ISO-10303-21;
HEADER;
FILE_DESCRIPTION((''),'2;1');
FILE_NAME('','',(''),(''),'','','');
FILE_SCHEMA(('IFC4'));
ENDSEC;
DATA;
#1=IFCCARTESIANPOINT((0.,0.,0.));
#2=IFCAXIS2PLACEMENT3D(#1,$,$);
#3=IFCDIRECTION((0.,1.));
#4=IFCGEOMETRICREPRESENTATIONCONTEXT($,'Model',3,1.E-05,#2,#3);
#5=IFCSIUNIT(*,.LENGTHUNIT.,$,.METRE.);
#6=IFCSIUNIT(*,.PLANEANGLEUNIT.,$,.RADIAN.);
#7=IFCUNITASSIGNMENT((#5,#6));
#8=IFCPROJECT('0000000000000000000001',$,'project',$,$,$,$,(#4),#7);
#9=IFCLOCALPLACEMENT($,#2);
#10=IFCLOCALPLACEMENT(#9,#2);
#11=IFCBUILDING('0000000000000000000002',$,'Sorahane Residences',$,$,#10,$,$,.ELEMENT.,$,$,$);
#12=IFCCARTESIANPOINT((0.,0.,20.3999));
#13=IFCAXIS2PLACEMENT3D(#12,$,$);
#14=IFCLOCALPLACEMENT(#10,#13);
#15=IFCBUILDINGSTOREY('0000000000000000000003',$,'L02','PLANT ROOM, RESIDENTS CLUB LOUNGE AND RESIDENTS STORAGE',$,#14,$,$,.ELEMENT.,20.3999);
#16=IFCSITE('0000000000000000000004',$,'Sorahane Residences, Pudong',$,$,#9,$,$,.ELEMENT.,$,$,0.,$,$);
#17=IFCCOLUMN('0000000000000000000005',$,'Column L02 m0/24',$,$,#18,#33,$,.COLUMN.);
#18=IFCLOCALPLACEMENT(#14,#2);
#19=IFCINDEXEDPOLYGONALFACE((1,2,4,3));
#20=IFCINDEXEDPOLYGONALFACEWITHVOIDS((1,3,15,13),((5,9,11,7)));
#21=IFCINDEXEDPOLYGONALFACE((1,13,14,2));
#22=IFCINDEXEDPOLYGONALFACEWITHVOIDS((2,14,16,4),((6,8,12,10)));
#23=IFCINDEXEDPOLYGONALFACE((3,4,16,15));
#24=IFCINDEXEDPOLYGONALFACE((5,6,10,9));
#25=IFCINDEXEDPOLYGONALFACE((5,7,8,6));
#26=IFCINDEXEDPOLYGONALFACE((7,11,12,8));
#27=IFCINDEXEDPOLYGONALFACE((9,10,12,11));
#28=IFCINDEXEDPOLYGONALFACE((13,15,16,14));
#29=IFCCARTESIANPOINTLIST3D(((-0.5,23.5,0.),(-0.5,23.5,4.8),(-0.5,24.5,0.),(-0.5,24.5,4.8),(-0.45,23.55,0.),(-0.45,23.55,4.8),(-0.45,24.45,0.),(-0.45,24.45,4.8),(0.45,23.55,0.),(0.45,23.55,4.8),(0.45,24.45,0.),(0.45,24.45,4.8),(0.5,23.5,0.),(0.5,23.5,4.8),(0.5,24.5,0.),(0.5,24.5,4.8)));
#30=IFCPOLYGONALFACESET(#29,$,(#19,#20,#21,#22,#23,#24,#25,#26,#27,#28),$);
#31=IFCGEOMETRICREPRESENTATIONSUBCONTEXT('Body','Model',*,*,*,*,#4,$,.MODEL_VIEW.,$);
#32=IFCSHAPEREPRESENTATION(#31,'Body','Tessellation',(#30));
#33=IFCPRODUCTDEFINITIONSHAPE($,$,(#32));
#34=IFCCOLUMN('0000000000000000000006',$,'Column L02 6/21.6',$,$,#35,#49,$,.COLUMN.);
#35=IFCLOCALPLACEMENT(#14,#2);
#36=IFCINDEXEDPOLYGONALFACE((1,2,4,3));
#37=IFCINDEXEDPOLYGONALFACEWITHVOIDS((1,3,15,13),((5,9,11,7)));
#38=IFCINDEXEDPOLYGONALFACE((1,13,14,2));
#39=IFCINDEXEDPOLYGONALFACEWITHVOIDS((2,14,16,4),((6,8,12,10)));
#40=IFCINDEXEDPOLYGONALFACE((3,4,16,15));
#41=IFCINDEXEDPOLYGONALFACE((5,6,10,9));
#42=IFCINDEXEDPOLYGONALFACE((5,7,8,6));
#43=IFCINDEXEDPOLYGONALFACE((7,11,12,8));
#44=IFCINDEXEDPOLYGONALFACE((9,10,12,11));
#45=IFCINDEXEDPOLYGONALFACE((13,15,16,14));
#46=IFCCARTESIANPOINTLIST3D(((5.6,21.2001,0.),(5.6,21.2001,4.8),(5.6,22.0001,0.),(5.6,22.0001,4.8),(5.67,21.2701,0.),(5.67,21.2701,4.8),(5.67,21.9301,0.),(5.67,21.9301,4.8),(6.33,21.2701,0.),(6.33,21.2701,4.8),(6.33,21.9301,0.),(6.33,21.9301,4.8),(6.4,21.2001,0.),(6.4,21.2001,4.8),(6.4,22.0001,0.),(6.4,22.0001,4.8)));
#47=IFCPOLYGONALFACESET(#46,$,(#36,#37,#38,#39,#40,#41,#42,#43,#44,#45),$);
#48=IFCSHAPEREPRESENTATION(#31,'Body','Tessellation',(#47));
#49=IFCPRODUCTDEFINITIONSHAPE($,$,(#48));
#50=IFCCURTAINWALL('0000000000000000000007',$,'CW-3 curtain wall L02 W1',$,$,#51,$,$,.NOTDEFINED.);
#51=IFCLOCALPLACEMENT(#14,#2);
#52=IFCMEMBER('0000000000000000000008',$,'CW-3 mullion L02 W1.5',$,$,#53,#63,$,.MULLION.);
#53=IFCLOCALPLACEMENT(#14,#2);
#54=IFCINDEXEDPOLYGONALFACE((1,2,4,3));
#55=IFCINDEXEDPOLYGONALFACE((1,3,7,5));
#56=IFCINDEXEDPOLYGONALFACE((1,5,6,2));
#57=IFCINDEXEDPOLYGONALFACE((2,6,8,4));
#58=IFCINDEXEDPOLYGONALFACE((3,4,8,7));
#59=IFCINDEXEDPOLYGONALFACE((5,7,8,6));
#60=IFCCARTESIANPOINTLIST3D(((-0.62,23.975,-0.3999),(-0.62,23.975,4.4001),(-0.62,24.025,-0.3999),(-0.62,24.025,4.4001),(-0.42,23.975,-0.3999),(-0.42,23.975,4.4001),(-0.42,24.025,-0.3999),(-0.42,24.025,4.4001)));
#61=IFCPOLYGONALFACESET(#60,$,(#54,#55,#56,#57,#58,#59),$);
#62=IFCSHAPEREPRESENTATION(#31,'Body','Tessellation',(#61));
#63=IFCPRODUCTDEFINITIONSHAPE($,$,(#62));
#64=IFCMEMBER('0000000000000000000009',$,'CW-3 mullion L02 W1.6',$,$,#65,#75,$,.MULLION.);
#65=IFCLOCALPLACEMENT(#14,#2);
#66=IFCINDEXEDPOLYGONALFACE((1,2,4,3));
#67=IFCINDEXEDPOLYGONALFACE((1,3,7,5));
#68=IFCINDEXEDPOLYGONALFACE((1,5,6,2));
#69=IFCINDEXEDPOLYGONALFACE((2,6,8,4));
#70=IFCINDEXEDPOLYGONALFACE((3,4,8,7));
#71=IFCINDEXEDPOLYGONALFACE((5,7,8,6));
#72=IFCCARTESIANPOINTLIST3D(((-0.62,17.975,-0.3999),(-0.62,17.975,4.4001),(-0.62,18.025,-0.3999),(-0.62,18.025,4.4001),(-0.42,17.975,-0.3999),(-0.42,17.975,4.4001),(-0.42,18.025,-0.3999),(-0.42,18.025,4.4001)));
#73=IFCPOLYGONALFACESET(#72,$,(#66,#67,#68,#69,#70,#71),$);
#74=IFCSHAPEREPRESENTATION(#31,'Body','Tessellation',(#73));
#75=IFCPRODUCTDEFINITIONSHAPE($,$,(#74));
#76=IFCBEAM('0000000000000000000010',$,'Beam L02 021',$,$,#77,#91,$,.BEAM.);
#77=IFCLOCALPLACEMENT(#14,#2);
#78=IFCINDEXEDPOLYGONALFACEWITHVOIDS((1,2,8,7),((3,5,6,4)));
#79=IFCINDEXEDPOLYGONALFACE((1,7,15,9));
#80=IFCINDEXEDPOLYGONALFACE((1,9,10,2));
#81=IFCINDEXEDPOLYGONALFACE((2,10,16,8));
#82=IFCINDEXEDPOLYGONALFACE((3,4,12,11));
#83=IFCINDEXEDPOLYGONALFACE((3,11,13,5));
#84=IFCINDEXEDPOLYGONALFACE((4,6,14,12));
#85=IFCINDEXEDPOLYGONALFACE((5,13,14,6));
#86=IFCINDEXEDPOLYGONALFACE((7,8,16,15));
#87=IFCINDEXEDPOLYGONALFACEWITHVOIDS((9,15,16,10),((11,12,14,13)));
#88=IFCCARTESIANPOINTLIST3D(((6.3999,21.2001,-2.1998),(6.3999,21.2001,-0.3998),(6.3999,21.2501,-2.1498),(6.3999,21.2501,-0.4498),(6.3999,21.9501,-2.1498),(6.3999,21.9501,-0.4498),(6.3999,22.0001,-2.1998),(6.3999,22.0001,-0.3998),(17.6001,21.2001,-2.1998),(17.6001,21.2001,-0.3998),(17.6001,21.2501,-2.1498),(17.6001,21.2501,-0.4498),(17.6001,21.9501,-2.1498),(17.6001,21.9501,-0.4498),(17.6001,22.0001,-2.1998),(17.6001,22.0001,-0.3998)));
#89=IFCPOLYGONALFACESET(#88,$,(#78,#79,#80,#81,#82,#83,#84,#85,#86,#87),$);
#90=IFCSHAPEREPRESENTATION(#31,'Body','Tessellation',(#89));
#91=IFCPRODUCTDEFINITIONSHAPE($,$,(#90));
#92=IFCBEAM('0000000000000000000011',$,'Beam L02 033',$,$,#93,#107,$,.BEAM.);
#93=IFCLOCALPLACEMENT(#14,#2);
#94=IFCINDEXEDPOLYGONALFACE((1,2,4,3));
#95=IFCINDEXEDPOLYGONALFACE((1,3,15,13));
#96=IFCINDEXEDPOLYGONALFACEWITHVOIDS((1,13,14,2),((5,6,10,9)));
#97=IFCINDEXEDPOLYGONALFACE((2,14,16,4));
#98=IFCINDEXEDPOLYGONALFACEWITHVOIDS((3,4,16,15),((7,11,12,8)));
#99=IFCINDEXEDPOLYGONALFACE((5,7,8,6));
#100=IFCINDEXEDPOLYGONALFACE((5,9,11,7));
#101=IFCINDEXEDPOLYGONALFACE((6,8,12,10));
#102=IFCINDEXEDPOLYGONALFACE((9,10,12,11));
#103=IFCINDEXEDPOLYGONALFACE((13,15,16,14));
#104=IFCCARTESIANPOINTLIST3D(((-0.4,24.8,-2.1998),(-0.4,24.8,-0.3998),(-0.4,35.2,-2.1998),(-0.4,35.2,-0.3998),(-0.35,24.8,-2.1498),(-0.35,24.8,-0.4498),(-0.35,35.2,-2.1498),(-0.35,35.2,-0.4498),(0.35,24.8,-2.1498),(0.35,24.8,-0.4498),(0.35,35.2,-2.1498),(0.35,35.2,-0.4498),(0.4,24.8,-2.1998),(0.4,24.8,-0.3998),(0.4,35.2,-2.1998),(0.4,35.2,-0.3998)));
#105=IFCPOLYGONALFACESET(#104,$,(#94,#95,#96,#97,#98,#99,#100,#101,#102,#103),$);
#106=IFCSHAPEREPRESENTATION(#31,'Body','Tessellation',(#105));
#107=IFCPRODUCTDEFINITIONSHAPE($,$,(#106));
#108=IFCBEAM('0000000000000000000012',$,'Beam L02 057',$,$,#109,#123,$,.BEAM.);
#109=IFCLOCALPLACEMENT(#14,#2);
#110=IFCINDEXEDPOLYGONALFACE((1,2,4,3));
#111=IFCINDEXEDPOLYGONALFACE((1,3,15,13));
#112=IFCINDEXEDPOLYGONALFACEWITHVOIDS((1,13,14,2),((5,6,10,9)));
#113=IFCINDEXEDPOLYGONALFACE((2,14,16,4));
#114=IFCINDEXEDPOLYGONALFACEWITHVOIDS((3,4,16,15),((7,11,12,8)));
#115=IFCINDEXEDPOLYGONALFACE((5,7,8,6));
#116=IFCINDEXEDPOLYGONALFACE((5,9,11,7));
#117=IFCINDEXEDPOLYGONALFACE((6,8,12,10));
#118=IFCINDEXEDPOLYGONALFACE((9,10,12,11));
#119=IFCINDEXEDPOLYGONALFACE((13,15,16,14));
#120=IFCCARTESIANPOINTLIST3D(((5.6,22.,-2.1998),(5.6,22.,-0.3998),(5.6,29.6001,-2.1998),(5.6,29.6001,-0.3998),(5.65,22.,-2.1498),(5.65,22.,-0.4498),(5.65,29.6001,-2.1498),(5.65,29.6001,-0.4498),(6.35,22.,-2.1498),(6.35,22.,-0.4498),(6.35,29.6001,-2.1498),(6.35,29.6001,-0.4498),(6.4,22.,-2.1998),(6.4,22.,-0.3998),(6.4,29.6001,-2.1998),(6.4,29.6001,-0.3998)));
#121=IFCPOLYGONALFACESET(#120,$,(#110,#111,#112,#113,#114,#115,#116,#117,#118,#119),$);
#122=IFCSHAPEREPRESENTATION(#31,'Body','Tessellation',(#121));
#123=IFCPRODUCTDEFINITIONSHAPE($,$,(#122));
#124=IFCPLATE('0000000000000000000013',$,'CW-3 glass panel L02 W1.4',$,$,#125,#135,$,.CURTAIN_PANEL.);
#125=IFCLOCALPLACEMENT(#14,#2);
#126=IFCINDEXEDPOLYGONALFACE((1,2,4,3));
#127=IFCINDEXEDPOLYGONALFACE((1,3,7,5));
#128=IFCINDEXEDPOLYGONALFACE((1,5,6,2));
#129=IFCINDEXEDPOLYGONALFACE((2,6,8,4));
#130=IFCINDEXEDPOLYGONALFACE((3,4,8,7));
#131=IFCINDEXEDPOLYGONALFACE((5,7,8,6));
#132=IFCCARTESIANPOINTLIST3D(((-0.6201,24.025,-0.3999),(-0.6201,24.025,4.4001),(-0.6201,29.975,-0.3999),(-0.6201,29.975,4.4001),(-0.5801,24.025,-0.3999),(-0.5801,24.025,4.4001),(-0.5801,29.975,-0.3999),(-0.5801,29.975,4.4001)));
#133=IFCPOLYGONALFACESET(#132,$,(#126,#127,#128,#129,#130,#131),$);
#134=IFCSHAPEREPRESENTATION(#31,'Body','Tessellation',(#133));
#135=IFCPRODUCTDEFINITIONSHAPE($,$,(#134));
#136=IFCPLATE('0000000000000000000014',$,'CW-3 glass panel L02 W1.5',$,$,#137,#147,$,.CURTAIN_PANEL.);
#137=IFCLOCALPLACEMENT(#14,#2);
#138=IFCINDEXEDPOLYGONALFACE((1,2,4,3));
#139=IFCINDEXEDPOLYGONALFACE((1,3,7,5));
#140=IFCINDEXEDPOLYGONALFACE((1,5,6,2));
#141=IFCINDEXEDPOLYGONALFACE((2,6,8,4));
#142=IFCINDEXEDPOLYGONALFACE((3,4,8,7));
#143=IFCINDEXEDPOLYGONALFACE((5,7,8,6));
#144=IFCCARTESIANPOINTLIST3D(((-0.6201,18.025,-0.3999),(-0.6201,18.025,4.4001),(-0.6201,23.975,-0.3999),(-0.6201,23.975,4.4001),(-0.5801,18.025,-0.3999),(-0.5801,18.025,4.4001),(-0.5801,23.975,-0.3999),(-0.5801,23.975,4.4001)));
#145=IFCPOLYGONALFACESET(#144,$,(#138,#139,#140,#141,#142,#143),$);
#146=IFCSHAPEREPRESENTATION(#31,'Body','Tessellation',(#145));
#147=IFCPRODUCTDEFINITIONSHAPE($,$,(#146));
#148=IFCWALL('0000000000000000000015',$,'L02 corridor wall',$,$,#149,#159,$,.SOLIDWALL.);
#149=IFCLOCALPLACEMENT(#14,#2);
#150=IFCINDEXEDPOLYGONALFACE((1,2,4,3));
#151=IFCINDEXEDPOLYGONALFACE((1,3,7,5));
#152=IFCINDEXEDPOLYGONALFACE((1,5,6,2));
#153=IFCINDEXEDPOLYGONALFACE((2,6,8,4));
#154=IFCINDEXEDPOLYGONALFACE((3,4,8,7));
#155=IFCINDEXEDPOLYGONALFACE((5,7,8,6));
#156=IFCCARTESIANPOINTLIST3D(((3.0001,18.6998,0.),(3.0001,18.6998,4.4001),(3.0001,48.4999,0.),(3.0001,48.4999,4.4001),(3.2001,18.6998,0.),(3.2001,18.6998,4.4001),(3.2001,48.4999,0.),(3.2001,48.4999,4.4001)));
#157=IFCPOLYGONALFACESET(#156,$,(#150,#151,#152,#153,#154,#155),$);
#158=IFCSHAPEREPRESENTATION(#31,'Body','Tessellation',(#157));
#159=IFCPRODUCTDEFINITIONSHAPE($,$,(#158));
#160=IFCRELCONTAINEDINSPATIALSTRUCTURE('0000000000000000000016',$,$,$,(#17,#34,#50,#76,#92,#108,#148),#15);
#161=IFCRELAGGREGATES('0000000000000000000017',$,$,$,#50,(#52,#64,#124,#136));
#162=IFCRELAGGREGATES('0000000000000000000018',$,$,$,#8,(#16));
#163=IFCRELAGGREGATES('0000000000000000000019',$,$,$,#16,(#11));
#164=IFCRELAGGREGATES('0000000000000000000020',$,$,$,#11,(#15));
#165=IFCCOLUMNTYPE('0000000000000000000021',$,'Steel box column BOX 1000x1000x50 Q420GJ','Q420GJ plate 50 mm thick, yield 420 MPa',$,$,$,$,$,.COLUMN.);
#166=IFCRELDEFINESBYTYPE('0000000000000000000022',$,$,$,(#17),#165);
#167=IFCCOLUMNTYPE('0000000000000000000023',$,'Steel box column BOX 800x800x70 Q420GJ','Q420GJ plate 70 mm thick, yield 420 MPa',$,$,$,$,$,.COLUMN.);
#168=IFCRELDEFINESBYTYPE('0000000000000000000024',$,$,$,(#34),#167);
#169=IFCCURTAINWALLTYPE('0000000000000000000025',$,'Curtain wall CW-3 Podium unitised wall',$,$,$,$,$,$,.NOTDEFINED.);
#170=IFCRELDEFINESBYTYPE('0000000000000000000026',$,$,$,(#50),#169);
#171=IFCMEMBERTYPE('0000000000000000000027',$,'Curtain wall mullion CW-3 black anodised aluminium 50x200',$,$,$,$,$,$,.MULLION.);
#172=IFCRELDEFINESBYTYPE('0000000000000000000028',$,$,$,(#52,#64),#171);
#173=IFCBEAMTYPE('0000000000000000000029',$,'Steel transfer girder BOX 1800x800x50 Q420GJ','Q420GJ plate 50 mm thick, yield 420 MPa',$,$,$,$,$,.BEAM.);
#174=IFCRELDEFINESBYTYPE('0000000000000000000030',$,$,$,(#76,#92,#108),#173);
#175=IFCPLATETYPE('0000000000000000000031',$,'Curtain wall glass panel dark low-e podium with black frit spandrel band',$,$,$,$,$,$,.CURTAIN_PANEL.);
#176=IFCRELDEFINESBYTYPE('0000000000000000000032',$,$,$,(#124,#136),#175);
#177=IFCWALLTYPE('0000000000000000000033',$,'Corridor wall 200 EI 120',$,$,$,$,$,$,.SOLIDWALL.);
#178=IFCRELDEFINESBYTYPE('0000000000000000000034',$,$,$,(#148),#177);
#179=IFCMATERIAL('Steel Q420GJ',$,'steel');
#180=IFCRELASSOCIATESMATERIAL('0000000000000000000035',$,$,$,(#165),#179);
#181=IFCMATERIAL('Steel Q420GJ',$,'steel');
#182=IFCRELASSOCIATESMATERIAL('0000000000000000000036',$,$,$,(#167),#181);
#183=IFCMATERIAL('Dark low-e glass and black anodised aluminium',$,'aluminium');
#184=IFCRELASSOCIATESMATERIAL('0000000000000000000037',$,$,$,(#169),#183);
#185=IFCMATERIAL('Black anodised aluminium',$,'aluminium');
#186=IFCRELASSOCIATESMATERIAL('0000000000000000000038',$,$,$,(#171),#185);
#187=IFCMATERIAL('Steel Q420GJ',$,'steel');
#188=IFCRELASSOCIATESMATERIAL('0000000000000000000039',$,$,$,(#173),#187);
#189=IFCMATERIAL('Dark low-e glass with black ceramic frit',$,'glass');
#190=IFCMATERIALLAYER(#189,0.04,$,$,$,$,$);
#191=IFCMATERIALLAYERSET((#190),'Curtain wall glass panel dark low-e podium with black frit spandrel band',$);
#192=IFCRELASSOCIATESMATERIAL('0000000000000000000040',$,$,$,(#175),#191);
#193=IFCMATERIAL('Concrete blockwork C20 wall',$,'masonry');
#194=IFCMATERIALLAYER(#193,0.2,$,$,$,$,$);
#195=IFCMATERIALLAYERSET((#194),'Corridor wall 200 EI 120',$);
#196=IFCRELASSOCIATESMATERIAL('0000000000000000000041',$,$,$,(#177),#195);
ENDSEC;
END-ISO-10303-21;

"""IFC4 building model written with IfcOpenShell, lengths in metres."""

from ifc_helpers import new_model, si_unit, direction, frame, frame_2d, origin, origin_2d, place, context, subcontext, project, spatial, rectangle, hollow_rectangle, extrude, material, layer, layer_set, material_profile, profile_set, type_object, element, aggregate, save


model = new_model("IFC4")

# Units and contexts
model_context = context("Model", 3, precision=1e-05, world=origin(), true_north=direction((0.0, 1.0)))
body_context = subcontext(model_context, "Body", "Model", "MODEL_VIEW")
ifc_project = project(units=[si_unit("LENGTHUNIT", "METRE"), si_unit("PLANEANGLEUNIT", "RADIAN")], contexts=[model_context])

# Site, building, storey
site_placement = place(None, origin())
site = spatial("IfcSite", under=ifc_project, at=site_placement, Name="Sorahane Residences, Pudong", CompositionType="ELEMENT", RefElevation=0.0)
building_placement = place(site_placement, origin())
building = spatial("IfcBuilding", under=site, at=building_placement, Name="Sorahane Residences", CompositionType="ELEMENT")
storey_placement = place(building_placement, frame((0.0, 0.0, 20.3999)))
storey = spatial("IfcBuildingStorey", under=building, at=storey_placement, Name="L02", Description="PLANT ROOM, RESIDENTS CLUB LOUNGE AND RESIDENTS STORAGE", CompositionType="ELEMENT", Elevation=20.3999)

# Columns
ifc_material_1 = material(Name="Steel Q420GJ", Category="steel")
ifc_material_profile_1 = material_profile(ifc_material_1, hollow_rectangle(XDim=1.0, YDim=1.0, WallThickness=0.05, at=origin_2d()), Name="BOX 1000x1000x50")
ifc_profile_set_1 = profile_set([ifc_material_profile_1], Name="Steel Q420GJ")
column_type_1 = type_object("IfcColumnType", Name="Steel box column BOX 1000x1000x50 Q420GJ", Description="Q420GJ plate 50 mm thick, yield 420 MPa", PredefinedType="COLUMN", material=ifc_profile_set_1)
column_1_placement = place(storey_placement, frame((0.0, 24.0, 0.0), z_axis=(0.0, 0.0, 1.0), x_axis=(1.0, 0.0, 0.0)))
element("IfcColumn", 1, at=column_1_placement, inside=storey, type_object=column_type_1, Name="Column L02 m0/24", PredefinedType="COLUMN", context=body_context, shape_type="SweptSolid", body=[
    extrude(hollow_rectangle(XDim=1.0, YDim=1.0, WallThickness=0.05, at=origin_2d()), origin(), (0.0, 0.0, 1.0), 4.8),
])
ifc_material_2 = material(Name="Steel Q420GJ", Category="steel")
ifc_material_profile_2 = material_profile(ifc_material_2, hollow_rectangle(XDim=0.8, YDim=0.8, WallThickness=0.0701, at=origin_2d()), Name="BOX 800x800x70")
ifc_profile_set_2 = profile_set([ifc_material_profile_2], Name="Steel Q420GJ")
column_type_2 = type_object("IfcColumnType", Name="Steel box column BOX 800x800x70 Q420GJ", Description="Q420GJ plate 70 mm thick, yield 420 MPa", PredefinedType="COLUMN", material=ifc_profile_set_2)
column_2_placement = place(storey_placement, frame((6.0, 21.6001, 0.0), z_axis=(0.0, 0.0, 1.0), x_axis=(1.0, 0.0, 0.0)))
element("IfcColumn", 2, at=column_2_placement, inside=storey, type_object=column_type_2, Name="Column L02 6/21.6", PredefinedType="COLUMN", context=body_context, shape_type="SweptSolid", body=[
    extrude(hollow_rectangle(XDim=0.8, YDim=0.8, WallThickness=0.0701, at=origin_2d()), origin(), (0.0, 0.0, 1.0), 4.8),
])

# Curtain wall, members
ifc_material_3 = material(Name="Dark low-e glass and black anodised aluminium", Category="aluminium")
curtain_wall_type = type_object("IfcCurtainWallType", Name="Curtain wall CW-3 Podium unitised wall", PredefinedType="NOTDEFINED", material=ifc_material_3)
curtain_wall_placement = place(storey_placement, origin())
curtain_wall = element("IfcCurtainWall", 3, at=curtain_wall_placement, inside=storey, type_object=curtain_wall_type, Name="CW-3 curtain wall L02 W1", PredefinedType="NOTDEFINED")
ifc_material_4 = material(Name="Black anodised aluminium", Category="aluminium")
ifc_material_profile_3 = material_profile(ifc_material_4, rectangle(XDim=0.2, YDim=0.05, at=origin_2d()), Name="Curtain wall mullion CW-3 black anodised aluminium 50x200")
ifc_profile_set_3 = profile_set([ifc_material_profile_3], Name="Black anodised aluminium")
member_type = type_object("IfcMemberType", Name="Curtain wall mullion CW-3 black anodised aluminium 50x200", PredefinedType="MULLION", material=ifc_profile_set_3)
member_1_placement = place(storey_placement, frame((-0.52, 24.0, -0.3999), z_axis=(0.0, 0.0, 1.0), x_axis=(-1.0, 0.0, 0.0)))
member_1 = element("IfcMember", 4, at=member_1_placement, type_object=member_type, Name="CW-3 mullion L02 W1.5", PredefinedType="MULLION", context=body_context, shape_type="SweptSolid", body=[
    extrude(rectangle(XDim=0.2, YDim=0.05, at=origin_2d()), origin(), (0.0, 0.0, 1.0), 4.8),
])
member_2_placement = place(storey_placement, frame((-0.52, 18.0, -0.3999), z_axis=(0.0, 0.0, 1.0), x_axis=(-1.0, 0.0, 0.0)))
member_2 = element("IfcMember", 5, at=member_2_placement, type_object=member_type, Name="CW-3 mullion L02 W1.6", PredefinedType="MULLION", context=body_context, shape_type="SweptSolid", body=[
    extrude(rectangle(XDim=0.2, YDim=0.05, at=origin_2d()), origin(), (0.0, 0.0, 1.0), 4.8),
])

# Beams
ifc_material_5 = material(Name="Steel Q420GJ", Category="steel")
ifc_material_profile_4 = material_profile(ifc_material_5, hollow_rectangle(XDim=0.8, YDim=1.8, WallThickness=0.05, at=origin_2d()), Name="BOX 1800x800x50")
ifc_profile_set_4 = profile_set([ifc_material_profile_4], Name="Steel Q420GJ")
beam_type = type_object("IfcBeamType", Name="Steel transfer girder BOX 1800x800x50 Q420GJ", Description="Q420GJ plate 50 mm thick, yield 420 MPa", PredefinedType="BEAM", material=ifc_profile_set_4)
beam_1_placement = place(storey_placement, frame((6.3999, 21.6001, -1.2998), z_axis=(1.0, 0.0, 0.0), x_axis=(0.0, 1.0, 0.0)))
element("IfcBeam", 6, at=beam_1_placement, inside=storey, type_object=beam_type, Name="Beam L02 021", PredefinedType="BEAM", context=body_context, shape_type="SweptSolid", body=[
    extrude(hollow_rectangle(XDim=0.8, YDim=1.8, WallThickness=0.05, at=origin_2d()), origin(), (0.0, 0.0, 1.0), 11.2002),
])
beam_2_placement = place(storey_placement, frame((0.0, 24.8, -1.2998), z_axis=(0.0, 1.0, 0.0), x_axis=(-1.0, 0.0, 0.0)))
element("IfcBeam", 7, at=beam_2_placement, inside=storey, type_object=beam_type, Name="Beam L02 033", PredefinedType="BEAM", context=body_context, shape_type="SweptSolid", body=[
    extrude(hollow_rectangle(XDim=0.8, YDim=1.8, WallThickness=0.05, at=origin_2d()), origin(), (0.0, 0.0, 1.0), 10.3999),
])
beam_3_placement = place(storey_placement, frame((6.0, 22.0, -1.2998), z_axis=(0.0, 1.0, 0.0), x_axis=(-1.0, 0.0, 0.0)))
element("IfcBeam", 8, at=beam_3_placement, inside=storey, type_object=beam_type, Name="Beam L02 057", PredefinedType="BEAM", context=body_context, shape_type="SweptSolid", body=[
    extrude(hollow_rectangle(XDim=0.8, YDim=1.8, WallThickness=0.05, at=origin_2d()), origin(), (0.0, 0.0, 1.0), 7.6001),
])

# Plates
ifc_material_6 = material(Name="Dark low-e glass with black ceramic frit", Category="glass")
ifc_layer_1 = layer(ifc_material_6, 0.04)
ifc_layer_set_1 = layer_set([ifc_layer_1], Name="Curtain wall glass panel dark low-e podium with black frit spandrel band")
plate_type = type_object("IfcPlateType", Name="Curtain wall glass panel dark low-e podium with black frit spandrel band", PredefinedType="CURTAIN_PANEL", material=ifc_layer_set_1)
plate_1_placement = place(storey_placement, frame((-0.6001, 27.0, -0.3999), z_axis=(0.0, 0.0, 1.0), x_axis=(0.0, -1.0, 0.0)))
plate_1 = element("IfcPlate", 9, at=plate_1_placement, type_object=plate_type, Name="CW-3 glass panel L02 W1.4", PredefinedType="CURTAIN_PANEL", context=body_context, shape_type="SweptSolid", body=[
    extrude(rectangle(XDim=5.95, YDim=0.04, at=origin_2d()), origin(), (0.0, 0.0, 1.0), 4.8),
])
plate_2_placement = place(storey_placement, frame((-0.6001, 21.0, -0.3999), z_axis=(0.0, 0.0, 1.0), x_axis=(0.0, -1.0, 0.0)))
plate_2 = element("IfcPlate", 10, at=plate_2_placement, type_object=plate_type, Name="CW-3 glass panel L02 W1.5", PredefinedType="CURTAIN_PANEL", context=body_context, shape_type="SweptSolid", body=[
    extrude(rectangle(XDim=5.95, YDim=0.04, at=origin_2d()), origin(), (0.0, 0.0, 1.0), 4.8),
])
aggregate(curtain_wall, [member_1, member_2, plate_1, plate_2])

# Wall
ifc_material_7 = material(Name="Concrete blockwork C20 wall", Category="masonry")
ifc_layer_2 = layer(ifc_material_7, 0.2)
ifc_layer_set_2 = layer_set([ifc_layer_2], Name="Corridor wall 200 EI 120")
wall_type_1 = type_object("IfcWallType", Name="Corridor wall 200 EI 120", PredefinedType="SOLIDWALL", material=ifc_layer_set_2)
wall_1_placement = place(storey_placement, frame((3.1001, 18.7, 0.0), z_axis=(0.0, 0.0, 1.0), x_axis=(0.0, 1.0, 0.0)))
element("IfcWall", 11, at=wall_1_placement, inside=storey, type_object=wall_type_1, Name="L02 corridor wall", PredefinedType="SOLIDWALL", context=body_context, shape_type="SweptSolid", body=[
    extrude(rectangle(XDim=29.8, YDim=0.2, at=frame_2d((14.8999, 0.0))), origin(), (0.0, 0.0, 1.0), 4.4001),
])

save(model, "model.ifc")
